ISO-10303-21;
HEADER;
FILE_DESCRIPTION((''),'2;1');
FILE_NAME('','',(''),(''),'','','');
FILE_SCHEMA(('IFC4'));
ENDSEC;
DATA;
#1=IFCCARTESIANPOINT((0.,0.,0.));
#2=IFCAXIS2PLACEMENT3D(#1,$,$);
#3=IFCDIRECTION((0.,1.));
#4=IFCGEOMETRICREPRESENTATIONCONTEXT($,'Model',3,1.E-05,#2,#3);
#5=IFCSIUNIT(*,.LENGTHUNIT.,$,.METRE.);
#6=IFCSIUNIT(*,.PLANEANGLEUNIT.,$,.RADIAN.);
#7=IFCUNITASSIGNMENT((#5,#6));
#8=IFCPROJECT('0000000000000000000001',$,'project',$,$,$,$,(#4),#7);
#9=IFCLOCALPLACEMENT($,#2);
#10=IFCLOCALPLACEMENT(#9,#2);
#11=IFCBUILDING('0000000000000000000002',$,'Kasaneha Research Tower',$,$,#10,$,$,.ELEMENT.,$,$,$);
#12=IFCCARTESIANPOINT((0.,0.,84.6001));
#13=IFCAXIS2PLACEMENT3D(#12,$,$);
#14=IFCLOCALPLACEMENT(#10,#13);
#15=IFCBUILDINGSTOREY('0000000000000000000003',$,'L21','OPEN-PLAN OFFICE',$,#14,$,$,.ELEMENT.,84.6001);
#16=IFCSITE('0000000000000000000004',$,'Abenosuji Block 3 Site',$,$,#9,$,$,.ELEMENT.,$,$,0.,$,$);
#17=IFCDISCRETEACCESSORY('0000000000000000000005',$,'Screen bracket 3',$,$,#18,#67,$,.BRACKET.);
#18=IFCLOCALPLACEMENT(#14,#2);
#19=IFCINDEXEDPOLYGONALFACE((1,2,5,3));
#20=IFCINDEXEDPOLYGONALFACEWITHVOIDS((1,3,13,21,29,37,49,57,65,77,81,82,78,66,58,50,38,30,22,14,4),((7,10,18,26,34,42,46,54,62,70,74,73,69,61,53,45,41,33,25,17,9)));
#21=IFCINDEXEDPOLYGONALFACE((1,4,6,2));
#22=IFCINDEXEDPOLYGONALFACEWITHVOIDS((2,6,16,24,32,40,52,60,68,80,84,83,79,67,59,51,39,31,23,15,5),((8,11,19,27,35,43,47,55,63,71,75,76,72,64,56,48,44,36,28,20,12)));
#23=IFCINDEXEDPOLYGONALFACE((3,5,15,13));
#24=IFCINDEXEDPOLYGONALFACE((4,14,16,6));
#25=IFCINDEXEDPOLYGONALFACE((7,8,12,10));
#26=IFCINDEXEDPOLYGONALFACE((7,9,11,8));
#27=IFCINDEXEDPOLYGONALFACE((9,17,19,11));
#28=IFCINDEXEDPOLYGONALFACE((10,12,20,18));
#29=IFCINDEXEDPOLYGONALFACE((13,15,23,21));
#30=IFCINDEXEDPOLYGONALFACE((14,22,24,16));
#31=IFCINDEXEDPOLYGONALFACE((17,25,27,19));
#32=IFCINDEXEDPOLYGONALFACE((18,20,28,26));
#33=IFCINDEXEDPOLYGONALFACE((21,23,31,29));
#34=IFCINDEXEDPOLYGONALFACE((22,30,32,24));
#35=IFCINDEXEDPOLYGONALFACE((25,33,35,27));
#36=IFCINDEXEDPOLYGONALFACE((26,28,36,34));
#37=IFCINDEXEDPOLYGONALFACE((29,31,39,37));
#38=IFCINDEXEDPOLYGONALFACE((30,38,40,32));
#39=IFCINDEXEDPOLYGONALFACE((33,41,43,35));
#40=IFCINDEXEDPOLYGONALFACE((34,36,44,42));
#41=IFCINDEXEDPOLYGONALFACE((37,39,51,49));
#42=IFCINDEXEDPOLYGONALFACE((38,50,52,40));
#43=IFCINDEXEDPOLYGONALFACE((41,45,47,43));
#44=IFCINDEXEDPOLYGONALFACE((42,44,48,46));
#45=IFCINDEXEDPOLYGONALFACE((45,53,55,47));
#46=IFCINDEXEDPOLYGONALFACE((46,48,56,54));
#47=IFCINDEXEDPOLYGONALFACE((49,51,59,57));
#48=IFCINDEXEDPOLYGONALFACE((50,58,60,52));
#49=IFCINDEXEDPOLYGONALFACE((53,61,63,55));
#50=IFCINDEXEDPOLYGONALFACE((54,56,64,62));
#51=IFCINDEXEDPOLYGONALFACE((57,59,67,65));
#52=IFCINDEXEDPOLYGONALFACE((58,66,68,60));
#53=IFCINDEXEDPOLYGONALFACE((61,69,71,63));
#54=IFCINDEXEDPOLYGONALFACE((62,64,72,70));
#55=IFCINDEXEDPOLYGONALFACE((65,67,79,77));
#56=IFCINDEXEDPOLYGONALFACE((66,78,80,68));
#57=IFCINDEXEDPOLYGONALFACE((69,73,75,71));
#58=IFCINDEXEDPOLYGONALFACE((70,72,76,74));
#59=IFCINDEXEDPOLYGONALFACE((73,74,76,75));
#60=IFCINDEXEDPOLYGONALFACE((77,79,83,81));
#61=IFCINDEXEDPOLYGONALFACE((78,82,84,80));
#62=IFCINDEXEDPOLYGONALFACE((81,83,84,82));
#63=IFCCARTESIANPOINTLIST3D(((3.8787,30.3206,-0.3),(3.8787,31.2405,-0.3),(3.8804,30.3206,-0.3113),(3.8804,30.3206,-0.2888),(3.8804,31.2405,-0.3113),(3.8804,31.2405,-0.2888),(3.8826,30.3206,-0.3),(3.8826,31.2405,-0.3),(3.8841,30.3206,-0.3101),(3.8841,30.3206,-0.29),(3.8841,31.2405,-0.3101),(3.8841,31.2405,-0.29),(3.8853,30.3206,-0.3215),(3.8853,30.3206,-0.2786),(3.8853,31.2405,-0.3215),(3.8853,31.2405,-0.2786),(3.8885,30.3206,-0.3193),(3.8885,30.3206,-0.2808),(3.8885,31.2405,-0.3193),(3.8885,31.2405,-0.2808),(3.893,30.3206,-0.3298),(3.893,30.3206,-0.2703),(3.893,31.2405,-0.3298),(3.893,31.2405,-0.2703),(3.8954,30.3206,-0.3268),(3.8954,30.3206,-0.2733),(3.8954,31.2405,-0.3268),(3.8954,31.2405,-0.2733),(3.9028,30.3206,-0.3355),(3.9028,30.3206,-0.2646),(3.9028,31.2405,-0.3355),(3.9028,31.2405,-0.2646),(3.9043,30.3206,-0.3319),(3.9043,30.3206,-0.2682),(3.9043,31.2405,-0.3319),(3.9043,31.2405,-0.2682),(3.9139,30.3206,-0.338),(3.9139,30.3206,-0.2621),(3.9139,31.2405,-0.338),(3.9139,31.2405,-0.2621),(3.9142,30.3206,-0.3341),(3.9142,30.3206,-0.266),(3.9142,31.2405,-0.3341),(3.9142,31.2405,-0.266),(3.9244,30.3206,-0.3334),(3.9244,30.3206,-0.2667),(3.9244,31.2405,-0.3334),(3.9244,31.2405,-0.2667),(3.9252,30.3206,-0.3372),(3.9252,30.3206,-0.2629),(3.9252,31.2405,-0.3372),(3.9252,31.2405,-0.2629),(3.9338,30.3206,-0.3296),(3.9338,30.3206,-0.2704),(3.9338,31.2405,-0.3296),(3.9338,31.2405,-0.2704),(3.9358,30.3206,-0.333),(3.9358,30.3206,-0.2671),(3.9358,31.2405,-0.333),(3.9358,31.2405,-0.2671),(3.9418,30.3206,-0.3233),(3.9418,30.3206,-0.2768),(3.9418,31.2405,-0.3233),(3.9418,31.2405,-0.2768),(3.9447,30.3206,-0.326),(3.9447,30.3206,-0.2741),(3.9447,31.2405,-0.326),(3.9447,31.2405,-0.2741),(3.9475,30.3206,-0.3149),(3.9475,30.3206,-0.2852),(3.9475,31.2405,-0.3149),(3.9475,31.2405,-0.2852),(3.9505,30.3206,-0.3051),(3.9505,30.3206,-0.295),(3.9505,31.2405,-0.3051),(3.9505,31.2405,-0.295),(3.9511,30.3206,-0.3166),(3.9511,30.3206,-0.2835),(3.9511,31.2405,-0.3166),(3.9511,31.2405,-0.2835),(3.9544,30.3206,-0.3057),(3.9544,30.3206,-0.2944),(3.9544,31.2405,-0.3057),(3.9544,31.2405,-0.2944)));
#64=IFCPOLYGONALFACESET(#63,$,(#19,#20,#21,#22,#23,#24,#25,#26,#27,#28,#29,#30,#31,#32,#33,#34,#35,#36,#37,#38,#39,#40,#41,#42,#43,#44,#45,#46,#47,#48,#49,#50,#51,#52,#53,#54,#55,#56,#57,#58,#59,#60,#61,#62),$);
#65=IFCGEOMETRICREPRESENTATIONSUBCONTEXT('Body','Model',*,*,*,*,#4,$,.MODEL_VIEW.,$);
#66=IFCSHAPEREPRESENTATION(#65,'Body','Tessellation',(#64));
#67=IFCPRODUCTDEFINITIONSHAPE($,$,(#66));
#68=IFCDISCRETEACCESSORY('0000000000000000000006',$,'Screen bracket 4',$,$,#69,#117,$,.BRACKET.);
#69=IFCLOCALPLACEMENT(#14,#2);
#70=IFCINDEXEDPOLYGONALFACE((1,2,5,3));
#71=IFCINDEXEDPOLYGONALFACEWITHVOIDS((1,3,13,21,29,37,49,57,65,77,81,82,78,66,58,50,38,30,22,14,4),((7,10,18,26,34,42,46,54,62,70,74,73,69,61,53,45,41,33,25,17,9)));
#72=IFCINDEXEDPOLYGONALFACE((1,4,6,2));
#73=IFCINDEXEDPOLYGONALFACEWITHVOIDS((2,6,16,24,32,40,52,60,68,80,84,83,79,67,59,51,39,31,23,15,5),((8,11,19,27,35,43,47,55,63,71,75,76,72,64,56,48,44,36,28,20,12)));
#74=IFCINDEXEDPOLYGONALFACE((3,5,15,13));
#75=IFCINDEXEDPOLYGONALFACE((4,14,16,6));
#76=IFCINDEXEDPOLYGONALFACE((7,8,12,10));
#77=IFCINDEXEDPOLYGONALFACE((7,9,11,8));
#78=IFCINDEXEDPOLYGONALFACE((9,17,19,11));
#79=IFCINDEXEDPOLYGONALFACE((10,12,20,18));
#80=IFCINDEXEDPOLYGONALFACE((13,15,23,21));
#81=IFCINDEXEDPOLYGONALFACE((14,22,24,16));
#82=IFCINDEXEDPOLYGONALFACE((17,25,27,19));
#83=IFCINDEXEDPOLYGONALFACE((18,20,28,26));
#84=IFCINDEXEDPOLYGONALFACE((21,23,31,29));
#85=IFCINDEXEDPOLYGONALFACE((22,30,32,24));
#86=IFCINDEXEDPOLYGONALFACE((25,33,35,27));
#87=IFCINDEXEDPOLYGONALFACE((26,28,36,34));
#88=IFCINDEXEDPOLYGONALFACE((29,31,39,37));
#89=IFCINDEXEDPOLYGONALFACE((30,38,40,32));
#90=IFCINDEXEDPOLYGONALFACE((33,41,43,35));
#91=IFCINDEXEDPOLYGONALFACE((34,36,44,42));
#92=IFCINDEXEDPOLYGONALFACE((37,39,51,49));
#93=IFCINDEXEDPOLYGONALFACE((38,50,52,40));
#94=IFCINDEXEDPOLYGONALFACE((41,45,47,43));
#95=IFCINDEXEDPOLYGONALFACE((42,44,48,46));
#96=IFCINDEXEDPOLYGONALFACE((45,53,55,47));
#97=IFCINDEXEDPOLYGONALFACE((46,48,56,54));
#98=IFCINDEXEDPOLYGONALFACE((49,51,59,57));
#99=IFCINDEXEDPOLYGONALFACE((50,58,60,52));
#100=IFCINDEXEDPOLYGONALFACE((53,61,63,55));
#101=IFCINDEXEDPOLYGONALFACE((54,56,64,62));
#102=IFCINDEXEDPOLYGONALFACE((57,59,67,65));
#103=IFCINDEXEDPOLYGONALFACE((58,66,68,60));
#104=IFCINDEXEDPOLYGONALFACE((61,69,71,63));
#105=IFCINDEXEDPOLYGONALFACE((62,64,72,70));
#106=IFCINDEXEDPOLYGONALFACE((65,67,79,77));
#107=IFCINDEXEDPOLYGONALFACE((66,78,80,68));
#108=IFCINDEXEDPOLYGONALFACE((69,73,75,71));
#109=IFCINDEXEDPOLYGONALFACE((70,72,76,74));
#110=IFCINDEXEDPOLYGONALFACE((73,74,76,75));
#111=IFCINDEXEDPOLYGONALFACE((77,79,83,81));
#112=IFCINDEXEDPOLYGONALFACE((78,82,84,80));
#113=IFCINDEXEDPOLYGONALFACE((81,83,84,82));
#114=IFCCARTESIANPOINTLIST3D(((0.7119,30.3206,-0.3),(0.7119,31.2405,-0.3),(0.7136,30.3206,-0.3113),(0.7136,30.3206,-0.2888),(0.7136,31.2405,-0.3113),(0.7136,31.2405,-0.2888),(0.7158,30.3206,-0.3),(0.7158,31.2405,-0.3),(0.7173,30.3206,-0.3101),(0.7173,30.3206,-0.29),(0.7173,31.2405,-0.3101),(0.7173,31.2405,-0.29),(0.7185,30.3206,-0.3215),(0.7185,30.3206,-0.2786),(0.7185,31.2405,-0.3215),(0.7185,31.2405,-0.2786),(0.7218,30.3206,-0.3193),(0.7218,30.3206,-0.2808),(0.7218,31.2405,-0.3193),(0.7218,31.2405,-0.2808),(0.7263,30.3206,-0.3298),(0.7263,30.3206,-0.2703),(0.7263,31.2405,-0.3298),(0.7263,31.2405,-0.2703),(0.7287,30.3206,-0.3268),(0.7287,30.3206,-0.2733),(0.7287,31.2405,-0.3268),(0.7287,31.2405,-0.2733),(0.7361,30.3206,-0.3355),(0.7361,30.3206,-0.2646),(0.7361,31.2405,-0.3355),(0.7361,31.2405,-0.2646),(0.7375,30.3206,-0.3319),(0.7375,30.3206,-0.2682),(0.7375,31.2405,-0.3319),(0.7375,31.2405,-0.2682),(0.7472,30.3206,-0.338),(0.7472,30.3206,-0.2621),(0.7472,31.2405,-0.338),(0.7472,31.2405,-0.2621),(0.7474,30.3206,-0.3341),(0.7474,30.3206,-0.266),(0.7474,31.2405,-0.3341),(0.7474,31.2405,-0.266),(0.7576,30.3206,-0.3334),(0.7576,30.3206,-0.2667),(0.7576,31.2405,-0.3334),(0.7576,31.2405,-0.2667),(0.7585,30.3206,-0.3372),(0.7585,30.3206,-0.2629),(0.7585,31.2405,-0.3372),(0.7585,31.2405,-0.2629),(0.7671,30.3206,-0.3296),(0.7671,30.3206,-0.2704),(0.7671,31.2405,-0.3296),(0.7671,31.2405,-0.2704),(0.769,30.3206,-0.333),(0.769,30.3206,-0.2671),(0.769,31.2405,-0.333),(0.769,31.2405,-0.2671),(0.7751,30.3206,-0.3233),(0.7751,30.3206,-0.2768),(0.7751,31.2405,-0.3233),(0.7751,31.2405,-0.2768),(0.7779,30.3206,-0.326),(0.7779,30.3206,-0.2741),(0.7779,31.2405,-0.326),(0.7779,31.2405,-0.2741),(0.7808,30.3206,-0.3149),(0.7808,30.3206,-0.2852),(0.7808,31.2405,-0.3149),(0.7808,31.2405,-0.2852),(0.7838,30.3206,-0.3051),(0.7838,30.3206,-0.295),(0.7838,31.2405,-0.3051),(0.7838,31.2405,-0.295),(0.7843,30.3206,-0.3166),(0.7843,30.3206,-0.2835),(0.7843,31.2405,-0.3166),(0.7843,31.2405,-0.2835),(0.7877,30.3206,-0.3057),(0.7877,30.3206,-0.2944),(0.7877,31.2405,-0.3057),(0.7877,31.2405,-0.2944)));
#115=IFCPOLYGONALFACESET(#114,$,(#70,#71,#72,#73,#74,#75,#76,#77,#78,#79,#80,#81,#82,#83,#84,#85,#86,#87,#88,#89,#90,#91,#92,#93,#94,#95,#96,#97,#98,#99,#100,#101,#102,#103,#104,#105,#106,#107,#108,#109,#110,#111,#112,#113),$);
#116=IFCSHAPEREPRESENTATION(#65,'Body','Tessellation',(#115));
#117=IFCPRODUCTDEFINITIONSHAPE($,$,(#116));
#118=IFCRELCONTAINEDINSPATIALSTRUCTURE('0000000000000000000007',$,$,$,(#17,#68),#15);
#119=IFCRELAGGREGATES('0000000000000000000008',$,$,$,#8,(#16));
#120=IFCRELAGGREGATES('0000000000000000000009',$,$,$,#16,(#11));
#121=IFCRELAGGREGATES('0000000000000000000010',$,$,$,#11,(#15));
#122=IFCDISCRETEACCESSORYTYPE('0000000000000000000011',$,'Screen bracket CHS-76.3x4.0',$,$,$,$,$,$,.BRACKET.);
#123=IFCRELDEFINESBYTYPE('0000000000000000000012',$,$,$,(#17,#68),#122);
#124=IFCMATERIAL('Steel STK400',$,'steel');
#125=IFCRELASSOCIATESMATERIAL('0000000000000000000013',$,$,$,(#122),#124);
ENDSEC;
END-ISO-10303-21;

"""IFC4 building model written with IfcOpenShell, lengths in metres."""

from ifc_helpers import new_model, si_unit, direction, frame, origin, origin_2d, place, context, subcontext, project, spatial, hollow_circle, extrude, material, material_profile, profile_set, type_object, element, save


model = new_model("IFC4")

# Units and contexts
model_context = context("Model", 3, precision=1e-05, world=origin(), true_north=direction((0.0, 1.0)))
body_context = subcontext(model_context, "Body", "Model", "MODEL_VIEW")
ifc_project = project(units=[si_unit("LENGTHUNIT", "METRE"), si_unit("PLANEANGLEUNIT", "RADIAN")], contexts=[model_context])

# Site, building, storey
site_placement = place(None, origin())
site = spatial("IfcSite", under=ifc_project, at=site_placement, Name="Abenosuji Block 3 Site", CompositionType="ELEMENT", RefElevation=0.0)
building_placement = place(site_placement, origin())
building = spatial("IfcBuilding", under=site, at=building_placement, Name="Kasaneha Research Tower", CompositionType="ELEMENT")
storey_placement = place(building_placement, frame((0.0, 0.0, 84.6001)))
storey = spatial("IfcBuildingStorey", under=building, at=storey_placement, Name="L21", Description="OPEN-PLAN OFFICE", CompositionType="ELEMENT", Elevation=84.6001)

# Discrete accessories
ifc_material_1 = material(Name="Steel STK400", Category="steel")
ifc_material_profile_1 = material_profile(ifc_material_1, hollow_circle(Radius=0.0381, WallThickness=0.0039, at=origin_2d()), Name="CHS-76.3x4.0")
ifc_profile_set_1 = profile_set([ifc_material_profile_1], Name="Steel STK400")
discrete_accessory_type = type_object("IfcDiscreteAccessoryType", Name="Screen bracket CHS-76.3x4.0", PredefinedType="BRACKET", material=ifc_profile_set_1)
for number, where, z_axis, x_axis, name in (
    (1, (3.9167, 30.3206, -0.3), (0.0, 1.0, 0.0), (-1.0, 0.0, 0.0), "Screen bracket 3"),
    (2, (0.75, 30.3206, -0.3), (0.0, 1.0, 0.0), (-1.0, 0.0, 0.0), "Screen bracket 4"),
):
    element("IfcDiscreteAccessory", number, at=place(storey_placement, frame(where, z_axis=z_axis, x_axis=x_axis)), inside=storey, type_object=discrete_accessory_type, Name=name, PredefinedType="BRACKET", context=body_context, shape_type="SweptSolid", body=[
        extrude(hollow_circle(Radius=0.0381, WallThickness=0.0039, at=origin_2d()), origin(), (0.0, 0.0, 1.0), 0.9199),
    ])

save(model, "model.ifc")
